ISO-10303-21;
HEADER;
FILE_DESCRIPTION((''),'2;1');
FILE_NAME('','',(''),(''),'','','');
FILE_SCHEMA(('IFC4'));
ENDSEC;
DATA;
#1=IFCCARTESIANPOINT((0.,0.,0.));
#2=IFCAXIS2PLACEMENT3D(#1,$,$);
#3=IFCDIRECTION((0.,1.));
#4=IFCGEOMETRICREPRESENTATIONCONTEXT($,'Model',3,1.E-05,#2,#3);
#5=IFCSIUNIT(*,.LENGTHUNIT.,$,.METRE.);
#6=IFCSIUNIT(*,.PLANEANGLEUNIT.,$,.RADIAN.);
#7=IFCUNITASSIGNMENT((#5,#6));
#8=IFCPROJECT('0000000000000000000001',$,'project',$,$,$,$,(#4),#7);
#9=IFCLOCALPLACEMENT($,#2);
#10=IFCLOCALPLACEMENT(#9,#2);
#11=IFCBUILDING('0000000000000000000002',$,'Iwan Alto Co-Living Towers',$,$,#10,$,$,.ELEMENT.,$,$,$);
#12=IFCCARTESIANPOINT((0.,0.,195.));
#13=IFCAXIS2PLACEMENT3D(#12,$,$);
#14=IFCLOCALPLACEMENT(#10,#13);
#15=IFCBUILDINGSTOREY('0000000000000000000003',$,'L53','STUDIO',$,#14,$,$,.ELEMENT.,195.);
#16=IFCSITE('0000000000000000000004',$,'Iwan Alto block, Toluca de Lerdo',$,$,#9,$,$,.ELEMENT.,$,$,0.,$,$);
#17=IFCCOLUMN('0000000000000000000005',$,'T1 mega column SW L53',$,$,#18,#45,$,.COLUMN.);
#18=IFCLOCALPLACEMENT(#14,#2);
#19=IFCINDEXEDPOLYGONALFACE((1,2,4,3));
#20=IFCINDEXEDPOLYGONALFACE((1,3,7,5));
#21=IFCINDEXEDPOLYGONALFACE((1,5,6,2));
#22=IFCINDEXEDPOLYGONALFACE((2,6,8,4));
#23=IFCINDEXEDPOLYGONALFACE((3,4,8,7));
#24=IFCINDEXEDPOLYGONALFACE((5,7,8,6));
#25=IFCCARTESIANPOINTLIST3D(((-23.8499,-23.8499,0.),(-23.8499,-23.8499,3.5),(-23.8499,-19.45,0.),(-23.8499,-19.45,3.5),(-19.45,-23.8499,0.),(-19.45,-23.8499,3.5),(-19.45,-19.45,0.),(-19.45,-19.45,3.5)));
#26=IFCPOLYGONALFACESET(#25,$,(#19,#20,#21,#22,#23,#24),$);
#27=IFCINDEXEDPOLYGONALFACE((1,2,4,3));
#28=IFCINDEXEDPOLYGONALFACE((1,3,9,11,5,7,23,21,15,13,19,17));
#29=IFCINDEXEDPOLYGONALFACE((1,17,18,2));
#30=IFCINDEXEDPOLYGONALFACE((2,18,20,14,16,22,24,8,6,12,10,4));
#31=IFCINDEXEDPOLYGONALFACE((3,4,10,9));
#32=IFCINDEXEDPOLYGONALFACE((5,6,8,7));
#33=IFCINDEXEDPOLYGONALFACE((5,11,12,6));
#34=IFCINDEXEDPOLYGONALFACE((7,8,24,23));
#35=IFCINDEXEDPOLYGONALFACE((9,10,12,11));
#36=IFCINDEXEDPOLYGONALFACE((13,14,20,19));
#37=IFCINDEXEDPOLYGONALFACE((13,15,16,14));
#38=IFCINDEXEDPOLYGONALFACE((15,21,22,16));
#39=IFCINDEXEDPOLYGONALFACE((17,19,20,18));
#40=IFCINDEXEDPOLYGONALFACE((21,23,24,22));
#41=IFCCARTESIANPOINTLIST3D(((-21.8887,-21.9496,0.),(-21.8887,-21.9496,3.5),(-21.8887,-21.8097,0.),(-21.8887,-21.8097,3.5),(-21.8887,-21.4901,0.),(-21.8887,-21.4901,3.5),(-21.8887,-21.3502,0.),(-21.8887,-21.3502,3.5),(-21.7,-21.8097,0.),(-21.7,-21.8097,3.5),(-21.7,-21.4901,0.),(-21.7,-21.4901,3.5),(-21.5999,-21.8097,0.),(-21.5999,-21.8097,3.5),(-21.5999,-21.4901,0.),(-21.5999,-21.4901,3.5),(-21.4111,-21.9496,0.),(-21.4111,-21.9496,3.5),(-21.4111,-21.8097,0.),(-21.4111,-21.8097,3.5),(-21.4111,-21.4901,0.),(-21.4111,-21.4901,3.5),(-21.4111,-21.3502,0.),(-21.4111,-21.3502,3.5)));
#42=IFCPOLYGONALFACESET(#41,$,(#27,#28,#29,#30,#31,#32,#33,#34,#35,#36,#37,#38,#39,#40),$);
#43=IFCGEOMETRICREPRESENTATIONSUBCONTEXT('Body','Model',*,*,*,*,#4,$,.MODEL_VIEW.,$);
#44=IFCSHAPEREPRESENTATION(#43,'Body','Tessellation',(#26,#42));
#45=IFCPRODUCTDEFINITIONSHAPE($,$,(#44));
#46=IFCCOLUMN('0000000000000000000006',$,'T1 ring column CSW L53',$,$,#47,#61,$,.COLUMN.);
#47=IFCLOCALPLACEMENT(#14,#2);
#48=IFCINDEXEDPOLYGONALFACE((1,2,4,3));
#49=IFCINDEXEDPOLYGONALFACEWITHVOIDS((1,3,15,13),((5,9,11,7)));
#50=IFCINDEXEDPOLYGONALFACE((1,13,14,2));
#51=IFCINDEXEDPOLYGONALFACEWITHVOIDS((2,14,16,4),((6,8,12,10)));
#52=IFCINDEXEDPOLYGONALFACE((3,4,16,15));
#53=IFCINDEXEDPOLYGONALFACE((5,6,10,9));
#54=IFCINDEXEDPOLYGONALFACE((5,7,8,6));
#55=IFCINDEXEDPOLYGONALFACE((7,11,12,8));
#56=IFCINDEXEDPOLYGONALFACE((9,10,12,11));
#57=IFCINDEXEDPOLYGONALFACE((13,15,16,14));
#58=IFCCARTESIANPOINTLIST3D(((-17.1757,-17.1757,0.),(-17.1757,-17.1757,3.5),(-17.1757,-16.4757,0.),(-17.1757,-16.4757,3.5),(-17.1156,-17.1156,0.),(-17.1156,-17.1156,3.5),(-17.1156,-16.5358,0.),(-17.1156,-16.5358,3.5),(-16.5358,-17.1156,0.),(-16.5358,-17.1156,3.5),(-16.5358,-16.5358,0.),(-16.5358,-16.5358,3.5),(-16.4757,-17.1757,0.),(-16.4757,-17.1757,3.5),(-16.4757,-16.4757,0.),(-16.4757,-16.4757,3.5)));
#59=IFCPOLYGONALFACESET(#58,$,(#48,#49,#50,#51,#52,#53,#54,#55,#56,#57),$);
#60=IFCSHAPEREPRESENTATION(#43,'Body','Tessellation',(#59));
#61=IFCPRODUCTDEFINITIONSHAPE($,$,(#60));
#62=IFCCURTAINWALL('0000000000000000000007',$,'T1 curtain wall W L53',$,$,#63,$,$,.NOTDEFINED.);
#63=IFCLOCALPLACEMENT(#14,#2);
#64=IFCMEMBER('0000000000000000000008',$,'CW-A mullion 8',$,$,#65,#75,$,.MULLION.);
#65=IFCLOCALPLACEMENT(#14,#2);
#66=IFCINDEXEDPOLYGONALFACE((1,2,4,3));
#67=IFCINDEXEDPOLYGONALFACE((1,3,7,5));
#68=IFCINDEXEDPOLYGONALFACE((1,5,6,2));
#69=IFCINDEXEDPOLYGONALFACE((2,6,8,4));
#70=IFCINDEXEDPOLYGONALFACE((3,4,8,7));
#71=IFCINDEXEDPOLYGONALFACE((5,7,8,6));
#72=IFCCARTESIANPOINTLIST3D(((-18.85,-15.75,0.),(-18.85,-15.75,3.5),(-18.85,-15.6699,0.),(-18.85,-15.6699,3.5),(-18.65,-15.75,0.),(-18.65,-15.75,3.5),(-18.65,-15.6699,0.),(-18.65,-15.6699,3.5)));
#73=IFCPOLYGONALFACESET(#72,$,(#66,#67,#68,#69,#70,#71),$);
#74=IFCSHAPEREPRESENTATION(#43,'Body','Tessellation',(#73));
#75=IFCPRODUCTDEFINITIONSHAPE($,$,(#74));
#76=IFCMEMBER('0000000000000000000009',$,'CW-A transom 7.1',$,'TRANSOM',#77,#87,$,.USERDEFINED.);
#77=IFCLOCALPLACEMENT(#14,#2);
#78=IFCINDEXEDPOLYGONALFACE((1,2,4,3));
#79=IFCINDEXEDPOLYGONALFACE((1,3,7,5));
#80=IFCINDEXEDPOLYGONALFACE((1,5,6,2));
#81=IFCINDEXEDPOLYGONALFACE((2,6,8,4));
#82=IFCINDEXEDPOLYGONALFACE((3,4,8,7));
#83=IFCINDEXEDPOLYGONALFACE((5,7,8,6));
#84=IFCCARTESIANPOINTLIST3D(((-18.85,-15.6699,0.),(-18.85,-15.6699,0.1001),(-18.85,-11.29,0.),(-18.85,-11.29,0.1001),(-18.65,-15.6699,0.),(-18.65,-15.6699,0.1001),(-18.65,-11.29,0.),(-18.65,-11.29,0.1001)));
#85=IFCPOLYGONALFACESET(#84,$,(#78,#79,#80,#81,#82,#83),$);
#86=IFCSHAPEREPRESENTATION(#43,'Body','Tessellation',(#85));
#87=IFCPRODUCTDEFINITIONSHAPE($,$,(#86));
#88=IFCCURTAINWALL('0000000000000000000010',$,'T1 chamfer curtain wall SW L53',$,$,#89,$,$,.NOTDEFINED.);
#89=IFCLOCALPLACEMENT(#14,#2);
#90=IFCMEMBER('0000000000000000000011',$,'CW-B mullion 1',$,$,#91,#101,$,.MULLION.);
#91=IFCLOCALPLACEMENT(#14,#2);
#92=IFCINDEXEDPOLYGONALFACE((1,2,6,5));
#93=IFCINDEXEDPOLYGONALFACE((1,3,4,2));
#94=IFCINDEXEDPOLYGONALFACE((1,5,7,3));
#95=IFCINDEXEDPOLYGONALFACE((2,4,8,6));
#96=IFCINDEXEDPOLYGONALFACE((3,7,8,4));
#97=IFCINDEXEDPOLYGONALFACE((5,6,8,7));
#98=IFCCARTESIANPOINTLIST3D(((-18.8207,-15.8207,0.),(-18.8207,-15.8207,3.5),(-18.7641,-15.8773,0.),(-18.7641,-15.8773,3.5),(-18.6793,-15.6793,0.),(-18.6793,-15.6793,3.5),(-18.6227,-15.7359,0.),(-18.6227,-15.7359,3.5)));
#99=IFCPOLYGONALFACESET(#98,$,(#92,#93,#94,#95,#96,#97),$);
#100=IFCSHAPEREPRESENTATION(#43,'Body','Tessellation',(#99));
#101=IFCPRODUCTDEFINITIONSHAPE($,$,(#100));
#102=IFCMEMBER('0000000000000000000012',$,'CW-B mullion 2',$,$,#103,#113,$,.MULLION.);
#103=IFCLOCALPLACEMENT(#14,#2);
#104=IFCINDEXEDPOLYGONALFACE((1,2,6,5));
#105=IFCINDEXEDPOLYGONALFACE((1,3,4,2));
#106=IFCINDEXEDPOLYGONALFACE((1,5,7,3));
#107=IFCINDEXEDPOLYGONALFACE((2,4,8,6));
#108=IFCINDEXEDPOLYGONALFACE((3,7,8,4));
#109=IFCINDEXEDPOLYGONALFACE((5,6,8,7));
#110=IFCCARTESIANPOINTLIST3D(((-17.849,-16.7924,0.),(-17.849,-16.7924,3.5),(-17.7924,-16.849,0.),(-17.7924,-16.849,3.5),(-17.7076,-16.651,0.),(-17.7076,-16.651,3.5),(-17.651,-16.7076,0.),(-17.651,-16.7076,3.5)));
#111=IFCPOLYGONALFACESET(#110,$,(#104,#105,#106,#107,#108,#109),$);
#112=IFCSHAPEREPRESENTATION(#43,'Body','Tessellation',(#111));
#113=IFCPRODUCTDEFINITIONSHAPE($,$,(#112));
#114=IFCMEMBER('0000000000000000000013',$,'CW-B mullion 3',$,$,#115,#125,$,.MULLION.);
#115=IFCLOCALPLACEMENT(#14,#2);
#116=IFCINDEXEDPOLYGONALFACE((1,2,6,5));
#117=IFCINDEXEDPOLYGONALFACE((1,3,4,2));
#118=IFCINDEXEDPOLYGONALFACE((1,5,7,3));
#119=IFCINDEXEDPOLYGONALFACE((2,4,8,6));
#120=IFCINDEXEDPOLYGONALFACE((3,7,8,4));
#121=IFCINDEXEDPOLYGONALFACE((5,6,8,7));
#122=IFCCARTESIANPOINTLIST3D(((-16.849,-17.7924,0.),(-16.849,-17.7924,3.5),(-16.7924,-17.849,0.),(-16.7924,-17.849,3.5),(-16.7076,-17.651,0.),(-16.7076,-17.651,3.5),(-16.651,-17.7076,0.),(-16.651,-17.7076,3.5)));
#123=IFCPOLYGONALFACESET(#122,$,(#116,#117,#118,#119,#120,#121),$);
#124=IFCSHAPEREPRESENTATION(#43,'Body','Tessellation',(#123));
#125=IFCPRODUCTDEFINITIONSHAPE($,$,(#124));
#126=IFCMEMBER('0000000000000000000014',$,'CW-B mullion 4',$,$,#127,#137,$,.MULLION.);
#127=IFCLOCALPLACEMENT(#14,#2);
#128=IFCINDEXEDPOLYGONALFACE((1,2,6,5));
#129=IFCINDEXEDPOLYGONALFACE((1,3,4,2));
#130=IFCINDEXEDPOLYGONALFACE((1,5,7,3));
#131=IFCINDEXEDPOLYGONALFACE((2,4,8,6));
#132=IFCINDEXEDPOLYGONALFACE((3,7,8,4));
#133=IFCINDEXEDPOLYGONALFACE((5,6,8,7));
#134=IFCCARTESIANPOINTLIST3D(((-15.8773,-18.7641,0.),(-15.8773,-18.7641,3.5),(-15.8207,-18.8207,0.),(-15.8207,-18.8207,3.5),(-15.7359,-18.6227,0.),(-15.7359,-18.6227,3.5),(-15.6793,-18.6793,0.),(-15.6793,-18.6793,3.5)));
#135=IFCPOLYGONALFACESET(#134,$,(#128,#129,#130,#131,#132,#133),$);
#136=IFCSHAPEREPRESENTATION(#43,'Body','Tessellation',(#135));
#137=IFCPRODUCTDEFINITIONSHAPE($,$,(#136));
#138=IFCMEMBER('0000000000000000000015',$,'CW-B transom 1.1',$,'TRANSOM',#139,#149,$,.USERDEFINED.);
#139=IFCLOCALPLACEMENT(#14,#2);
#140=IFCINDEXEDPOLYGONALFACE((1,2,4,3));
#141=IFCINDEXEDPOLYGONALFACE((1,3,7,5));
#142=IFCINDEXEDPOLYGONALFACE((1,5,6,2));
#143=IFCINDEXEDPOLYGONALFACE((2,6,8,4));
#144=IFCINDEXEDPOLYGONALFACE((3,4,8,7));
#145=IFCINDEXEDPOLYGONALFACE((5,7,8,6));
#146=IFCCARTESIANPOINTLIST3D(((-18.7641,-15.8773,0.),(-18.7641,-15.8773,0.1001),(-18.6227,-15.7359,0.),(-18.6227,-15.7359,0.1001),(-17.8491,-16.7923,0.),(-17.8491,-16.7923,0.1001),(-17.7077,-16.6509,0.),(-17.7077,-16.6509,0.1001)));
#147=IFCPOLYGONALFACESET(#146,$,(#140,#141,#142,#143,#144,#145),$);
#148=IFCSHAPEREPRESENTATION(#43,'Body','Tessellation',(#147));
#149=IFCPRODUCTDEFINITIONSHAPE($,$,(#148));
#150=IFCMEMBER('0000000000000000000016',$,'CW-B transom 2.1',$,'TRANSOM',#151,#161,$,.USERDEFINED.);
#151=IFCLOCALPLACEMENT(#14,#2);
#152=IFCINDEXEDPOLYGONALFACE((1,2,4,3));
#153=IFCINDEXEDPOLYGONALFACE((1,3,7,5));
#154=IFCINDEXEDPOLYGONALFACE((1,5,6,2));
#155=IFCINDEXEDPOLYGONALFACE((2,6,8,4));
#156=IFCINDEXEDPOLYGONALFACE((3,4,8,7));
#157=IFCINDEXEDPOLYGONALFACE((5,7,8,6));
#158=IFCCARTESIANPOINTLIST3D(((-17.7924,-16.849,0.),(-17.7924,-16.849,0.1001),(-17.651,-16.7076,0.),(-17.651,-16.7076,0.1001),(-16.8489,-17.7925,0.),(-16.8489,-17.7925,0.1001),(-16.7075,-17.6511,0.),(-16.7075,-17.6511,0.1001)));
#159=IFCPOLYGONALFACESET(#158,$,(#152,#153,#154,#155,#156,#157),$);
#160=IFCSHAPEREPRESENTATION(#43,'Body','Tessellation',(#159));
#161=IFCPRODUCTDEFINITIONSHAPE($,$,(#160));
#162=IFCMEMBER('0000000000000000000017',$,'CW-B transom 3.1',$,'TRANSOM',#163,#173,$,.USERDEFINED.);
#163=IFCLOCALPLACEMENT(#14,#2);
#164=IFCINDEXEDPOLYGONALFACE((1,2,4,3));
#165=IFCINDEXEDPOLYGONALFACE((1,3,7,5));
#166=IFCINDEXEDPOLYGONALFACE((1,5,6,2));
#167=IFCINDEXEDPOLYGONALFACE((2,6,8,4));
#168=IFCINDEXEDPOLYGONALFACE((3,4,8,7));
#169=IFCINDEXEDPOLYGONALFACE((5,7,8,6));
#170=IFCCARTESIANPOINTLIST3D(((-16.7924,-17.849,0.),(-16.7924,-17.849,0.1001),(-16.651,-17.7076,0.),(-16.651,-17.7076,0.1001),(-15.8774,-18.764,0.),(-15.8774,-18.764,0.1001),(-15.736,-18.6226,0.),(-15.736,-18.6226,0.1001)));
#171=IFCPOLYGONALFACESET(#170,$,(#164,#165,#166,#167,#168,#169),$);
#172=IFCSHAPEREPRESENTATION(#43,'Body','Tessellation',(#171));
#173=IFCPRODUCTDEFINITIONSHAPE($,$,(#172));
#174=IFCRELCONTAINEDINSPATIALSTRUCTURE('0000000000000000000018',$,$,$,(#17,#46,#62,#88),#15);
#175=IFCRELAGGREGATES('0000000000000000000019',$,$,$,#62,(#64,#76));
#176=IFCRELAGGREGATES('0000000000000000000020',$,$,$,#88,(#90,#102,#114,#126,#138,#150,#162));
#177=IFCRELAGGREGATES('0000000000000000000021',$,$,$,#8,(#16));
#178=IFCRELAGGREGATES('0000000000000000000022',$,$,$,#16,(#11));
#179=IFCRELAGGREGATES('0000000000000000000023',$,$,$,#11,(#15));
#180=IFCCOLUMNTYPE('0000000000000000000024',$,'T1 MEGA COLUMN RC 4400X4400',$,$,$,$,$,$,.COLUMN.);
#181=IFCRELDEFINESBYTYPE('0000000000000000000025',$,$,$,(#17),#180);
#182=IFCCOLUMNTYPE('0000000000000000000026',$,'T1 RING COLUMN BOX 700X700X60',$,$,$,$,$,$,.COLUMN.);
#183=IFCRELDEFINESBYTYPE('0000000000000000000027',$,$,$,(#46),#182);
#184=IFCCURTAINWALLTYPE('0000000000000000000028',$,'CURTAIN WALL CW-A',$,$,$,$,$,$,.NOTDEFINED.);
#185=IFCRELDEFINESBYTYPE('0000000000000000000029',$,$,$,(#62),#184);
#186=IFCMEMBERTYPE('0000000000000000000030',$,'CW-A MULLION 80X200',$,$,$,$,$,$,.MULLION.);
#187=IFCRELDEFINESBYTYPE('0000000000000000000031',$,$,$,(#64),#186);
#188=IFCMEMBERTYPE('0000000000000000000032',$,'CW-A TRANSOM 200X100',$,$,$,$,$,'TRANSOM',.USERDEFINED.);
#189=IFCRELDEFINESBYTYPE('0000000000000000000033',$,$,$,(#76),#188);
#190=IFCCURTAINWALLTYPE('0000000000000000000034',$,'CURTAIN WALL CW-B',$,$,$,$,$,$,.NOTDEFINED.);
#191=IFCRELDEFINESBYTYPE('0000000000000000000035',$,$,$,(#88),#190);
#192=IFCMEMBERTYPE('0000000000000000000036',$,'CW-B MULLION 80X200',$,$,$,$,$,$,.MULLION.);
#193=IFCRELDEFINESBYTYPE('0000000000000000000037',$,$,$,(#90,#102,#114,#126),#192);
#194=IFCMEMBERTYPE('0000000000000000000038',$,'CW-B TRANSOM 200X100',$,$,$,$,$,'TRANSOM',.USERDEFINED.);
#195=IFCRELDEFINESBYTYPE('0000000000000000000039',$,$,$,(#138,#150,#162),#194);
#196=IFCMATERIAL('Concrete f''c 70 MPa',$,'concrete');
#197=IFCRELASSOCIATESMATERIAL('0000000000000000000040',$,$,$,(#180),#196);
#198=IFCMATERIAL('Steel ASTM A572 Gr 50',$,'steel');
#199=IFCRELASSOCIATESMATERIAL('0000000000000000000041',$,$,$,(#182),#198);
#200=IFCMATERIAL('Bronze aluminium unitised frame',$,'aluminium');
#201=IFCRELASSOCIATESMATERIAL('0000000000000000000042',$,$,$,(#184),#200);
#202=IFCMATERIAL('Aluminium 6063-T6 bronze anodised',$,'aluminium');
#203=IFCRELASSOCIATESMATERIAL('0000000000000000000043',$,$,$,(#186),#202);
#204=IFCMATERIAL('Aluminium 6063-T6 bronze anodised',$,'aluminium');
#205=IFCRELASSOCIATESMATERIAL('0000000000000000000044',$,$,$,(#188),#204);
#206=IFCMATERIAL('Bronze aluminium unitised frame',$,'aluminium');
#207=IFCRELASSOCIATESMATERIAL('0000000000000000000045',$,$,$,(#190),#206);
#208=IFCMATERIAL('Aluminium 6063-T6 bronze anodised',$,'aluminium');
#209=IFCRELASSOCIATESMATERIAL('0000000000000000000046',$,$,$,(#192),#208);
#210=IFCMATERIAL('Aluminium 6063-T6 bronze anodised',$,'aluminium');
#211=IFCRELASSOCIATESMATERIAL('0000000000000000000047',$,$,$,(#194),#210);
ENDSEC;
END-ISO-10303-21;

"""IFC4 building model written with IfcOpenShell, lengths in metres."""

from ifc_helpers import new_model, si_unit, direction, frame, origin, origin_2d, place, context, subcontext, project, spatial, rectangle, hollow_rectangle, i_section, extrude, material, material_profile, profile_set, type_object, element, aggregate, save


model = new_model("IFC4")

# Units and contexts
model_context = context("Model", 3, precision=1e-05, world=origin(), true_north=direction((0.0, 1.0)))
body_context = subcontext(model_context, "Body", "Model", "MODEL_VIEW")
ifc_project = project(units=[si_unit("LENGTHUNIT", "METRE"), si_unit("PLANEANGLEUNIT", "RADIAN")], contexts=[model_context])

# Site, building, storey
site_placement = place(None, origin())
site = spatial("IfcSite", under=ifc_project, at=site_placement, Name="Iwan Alto block, Toluca de Lerdo", CompositionType="ELEMENT", RefElevation=0.0)
building_placement = place(site_placement, origin())
building = spatial("IfcBuilding", under=site, at=building_placement, Name="Iwan Alto Co-Living Towers", CompositionType="ELEMENT")
storey_placement = place(building_placement, frame((0.0, 0.0, 195.0)))
storey = spatial("IfcBuildingStorey", under=building, at=storey_placement, Name="L53", Description="STUDIO", CompositionType="ELEMENT", Elevation=195.0)

# Columns
ifc_material_1 = material(Name="Concrete f'c 70 MPa", Category="concrete")
ifc_material_profile_1 = material_profile(ifc_material_1, rectangle(XDim=4.3999, YDim=4.3999, at=origin_2d()), Name="RC 4400X4400")
ifc_profile_set_1 = profile_set([ifc_material_profile_1], Name="Concrete f'c 70 MPa")
column_type_1 = type_object("IfcColumnType", Name="T1 MEGA COLUMN RC 4400X4400", PredefinedType="COLUMN", material=ifc_profile_set_1)
column_1_placement = place(storey_placement, frame((-21.6499, -21.6499, 0.0), z_axis=(0.0, 0.0, 1.0), x_axis=(1.0, 0.0, 0.0)))
element("IfcColumn", 1, at=column_1_placement, inside=storey, type_object=column_type_1, Name="T1 mega column SW L53", PredefinedType="COLUMN", context=body_context, shape_type="SweptSolid", body=[
    extrude(rectangle(XDim=4.3999, YDim=4.3999, at=origin_2d()), origin(), (0.0, 0.0, 1.0), 3.5),
    extrude(i_section(OverallWidth=0.4775, OverallDepth=0.5994, WebThickness=0.1001, FlangeThickness=0.1399, at=origin_2d()), origin(), (0.0, 0.0, 1.0), 3.5),
])
ifc_material_2 = material(Name="Steel ASTM A572 Gr 50", Category="steel")
ifc_material_profile_2 = material_profile(ifc_material_2, hollow_rectangle(XDim=0.7, YDim=0.7, WallThickness=0.0601, at=origin_2d()), Name="BOX 700X700X60")
ifc_profile_set_2 = profile_set([ifc_material_profile_2], Name="Steel ASTM A572 Gr 50")
column_type_2 = type_object("IfcColumnType", Name="T1 RING COLUMN BOX 700X700X60", PredefinedType="COLUMN", material=ifc_profile_set_2)
column_2_placement = place(storey_placement, frame((-16.8257, -16.8257, 0.0), z_axis=(0.0, 0.0, 1.0), x_axis=(1.0, 0.0, 0.0)))
element("IfcColumn", 2, at=column_2_placement, inside=storey, type_object=column_type_2, Name="T1 ring column CSW L53", PredefinedType="COLUMN", context=body_context, shape_type="SweptSolid", body=[
    extrude(hollow_rectangle(XDim=0.7, YDim=0.7, WallThickness=0.0601, at=origin_2d()), origin(), (0.0, 0.0, 1.0), 3.5),
])

# Curtain walls, members
ifc_material_3 = material(Name="Bronze aluminium unitised frame", Category="aluminium")
curtain_wall_type_1 = type_object("IfcCurtainWallType", Name="CURTAIN WALL CW-A", PredefinedType="NOTDEFINED", material=ifc_material_3)
curtain_wall_1_placement = place(storey_placement, origin())
curtain_wall_1 = element("IfcCurtainWall", 3, at=curtain_wall_1_placement, inside=storey, type_object=curtain_wall_type_1, Name="T1 curtain wall W L53", PredefinedType="NOTDEFINED")
ifc_material_4 = material(Name="Aluminium 6063-T6 bronze anodised", Category="aluminium")
ifc_material_profile_3 = material_profile(ifc_material_4, rectangle(XDim=0.2, YDim=0.0801, at=origin_2d()), Name="AL 80X200")
ifc_profile_set_3 = profile_set([ifc_material_profile_3], Name="Aluminium 6063-T6 bronze anodised")
member_type_1 = type_object("IfcMemberType", Name="CW-A MULLION 80X200", PredefinedType="MULLION", material=ifc_profile_set_3)
member_1_placement = place(storey_placement, frame((-18.75, -15.71, 0.0), z_axis=(0.0, 0.0, 1.0), x_axis=(1.0, 0.0, 0.0)))
member_1 = element("IfcMember", 4, at=member_1_placement, type_object=member_type_1, Name="CW-A mullion 8", PredefinedType="MULLION", context=body_context, shape_type="SweptSolid", body=[
    extrude(rectangle(XDim=0.2, YDim=0.0801, at=origin_2d()), origin(), (0.0, 0.0, 1.0), 3.5),
])
ifc_material_5 = material(Name="Aluminium 6063-T6 bronze anodised", Category="aluminium")
ifc_material_profile_4 = material_profile(ifc_material_5, rectangle(XDim=0.2, YDim=0.1001, at=origin_2d()), Name="AL 200X100")
ifc_profile_set_4 = profile_set([ifc_material_profile_4], Name="Aluminium 6063-T6 bronze anodised")
member_type_2 = type_object("IfcMemberType", Name="CW-A TRANSOM 200X100", ElementType="TRANSOM", PredefinedType="USERDEFINED", material=ifc_profile_set_4)
member_2_placement = place(storey_placement, frame((-18.75, -11.29, 0.05), z_axis=(0.0, -1.0, 0.0), x_axis=(1.0, 0.0, 0.0)))
member_2 = element("IfcMember", 5, at=member_2_placement, type_object=member_type_2, Name="CW-A transom 7.1", ObjectType="TRANSOM", PredefinedType="USERDEFINED", context=body_context, shape_type="SweptSolid", body=[
    extrude(rectangle(XDim=0.2, YDim=0.1001, at=origin_2d()), origin(), (0.0, 0.0, 1.0), 4.3799),
])
ifc_material_6 = material(Name="Bronze aluminium unitised frame", Category="aluminium")
curtain_wall_type_2 = type_object("IfcCurtainWallType", Name="CURTAIN WALL CW-B", PredefinedType="NOTDEFINED", material=ifc_material_6)
curtain_wall_2_placement = place(storey_placement, origin())
curtain_wall_2 = element("IfcCurtainWall", 6, at=curtain_wall_2_placement, inside=storey, type_object=curtain_wall_type_2, Name="T1 chamfer curtain wall SW L53", PredefinedType="NOTDEFINED")
ifc_material_7 = material(Name="Aluminium 6063-T6 bronze anodised", Category="aluminium")
ifc_material_profile_5 = material_profile(ifc_material_7, rectangle(XDim=0.2, YDim=0.0801, at=origin_2d()), Name="AL 80X200")
ifc_profile_set_5 = profile_set([ifc_material_profile_5], Name="Aluminium 6063-T6 bronze anodised")
member_type_3 = type_object("IfcMemberType", Name="CW-B MULLION 80X200", PredefinedType="MULLION", material=ifc_profile_set_5)
member_3_placement = place(storey_placement, frame((-18.7217, -15.7783, 0.0), z_axis=(0.0, 0.0, 1.0), x_axis=(0.707107, 0.707107, 0.0)))
member_3 = element("IfcMember", 7, at=member_3_placement, type_object=member_type_3, Name="CW-B mullion 1", PredefinedType="MULLION", context=body_context, shape_type="SweptSolid", body=[
    extrude(rectangle(XDim=0.2, YDim=0.0801, at=origin_2d()), origin(), (0.0, 0.0, 1.0), 3.5),
])
member_4_placement = place(storey_placement, frame((-17.75, -16.75, 0.0), z_axis=(0.0, 0.0, 1.0), x_axis=(0.707107, 0.707107, 0.0)))
member_4 = element("IfcMember", 8, at=member_4_placement, type_object=member_type_3, Name="CW-B mullion 2", PredefinedType="MULLION", context=body_context, shape_type="SweptSolid", body=[
    extrude(rectangle(XDim=0.2, YDim=0.0801, at=origin_2d()), origin(), (0.0, 0.0, 1.0), 3.5),
])
member_5_placement = place(storey_placement, frame((-16.75, -17.75, 0.0), z_axis=(0.0, 0.0, 1.0), x_axis=(0.707107, 0.707107, 0.0)))
member_5 = element("IfcMember", 9, at=member_5_placement, type_object=member_type_3, Name="CW-B mullion 3", PredefinedType="MULLION", context=body_context, shape_type="SweptSolid", body=[
    extrude(rectangle(XDim=0.2, YDim=0.0801, at=origin_2d()), origin(), (0.0, 0.0, 1.0), 3.5),
])
member_6_placement = place(storey_placement, frame((-15.7783, -18.7217, 0.0), z_axis=(0.0, 0.0, 1.0), x_axis=(0.707107, 0.707107, 0.0)))
member_6 = element("IfcMember", 10, at=member_6_placement, type_object=member_type_3, Name="CW-B mullion 4", PredefinedType="MULLION", context=body_context, shape_type="SweptSolid", body=[
    extrude(rectangle(XDim=0.2, YDim=0.0801, at=origin_2d()), origin(), (0.0, 0.0, 1.0), 3.5),
])
ifc_material_8 = material(Name="Aluminium 6063-T6 bronze anodised", Category="aluminium")
ifc_material_profile_6 = material_profile(ifc_material_8, rectangle(XDim=0.2, YDim=0.1001, at=origin_2d()), Name="AL 200X100")
ifc_profile_set_6 = profile_set([ifc_material_profile_6], Name="Aluminium 6063-T6 bronze anodised")
member_type_4 = type_object("IfcMemberType", Name="CW-B TRANSOM 200X100", ElementType="TRANSOM", PredefinedType="USERDEFINED", material=ifc_profile_set_6)
member_7_placement = place(storey_placement, frame((-18.6934, -15.8066, 0.05), z_axis=(0.707107, -0.707107, 0.0), x_axis=(0.707107, 0.707107, 0.0)))
member_7 = element("IfcMember", 11, at=member_7_placement, type_object=member_type_4, Name="CW-B transom 1.1", ObjectType="TRANSOM", PredefinedType="USERDEFINED", context=body_context, shape_type="SweptSolid", body=[
    extrude(rectangle(XDim=0.2, YDim=0.1001, at=origin_2d()), origin(), (0.0, 0.0, 1.0), 1.2939),
])
member_8_placement = place(storey_placement, frame((-17.7217, -16.7783, 0.05), z_axis=(0.707107, -0.707107, 0.0), x_axis=(0.707107, 0.707107, 0.0)))
member_8 = element("IfcMember", 12, at=member_8_placement, type_object=member_type_4, Name="CW-B transom 2.1", ObjectType="TRANSOM", PredefinedType="USERDEFINED", context=body_context, shape_type="SweptSolid", body=[
    extrude(rectangle(XDim=0.2, YDim=0.1001, at=origin_2d()), origin(), (0.0, 0.0, 1.0), 1.3342),
])
member_9_placement = place(storey_placement, frame((-16.7217, -17.7783, 0.05), z_axis=(0.707107, -0.707107, 0.0), x_axis=(0.707107, 0.707107, 0.0)))
member_9 = element("IfcMember", 13, at=member_9_placement, type_object=member_type_4, Name="CW-B transom 3.1", ObjectType="TRANSOM", PredefinedType="USERDEFINED", context=body_context, shape_type="SweptSolid", body=[
    extrude(rectangle(XDim=0.2, YDim=0.1001, at=origin_2d()), origin(), (0.0, 0.0, 1.0), 1.2939),
])

aggregate(curtain_wall_1, [member_1, member_2])
aggregate(curtain_wall_2, [member_3, member_4, member_5, member_6, member_7, member_8, member_9])

save(model, "model.ifc")
